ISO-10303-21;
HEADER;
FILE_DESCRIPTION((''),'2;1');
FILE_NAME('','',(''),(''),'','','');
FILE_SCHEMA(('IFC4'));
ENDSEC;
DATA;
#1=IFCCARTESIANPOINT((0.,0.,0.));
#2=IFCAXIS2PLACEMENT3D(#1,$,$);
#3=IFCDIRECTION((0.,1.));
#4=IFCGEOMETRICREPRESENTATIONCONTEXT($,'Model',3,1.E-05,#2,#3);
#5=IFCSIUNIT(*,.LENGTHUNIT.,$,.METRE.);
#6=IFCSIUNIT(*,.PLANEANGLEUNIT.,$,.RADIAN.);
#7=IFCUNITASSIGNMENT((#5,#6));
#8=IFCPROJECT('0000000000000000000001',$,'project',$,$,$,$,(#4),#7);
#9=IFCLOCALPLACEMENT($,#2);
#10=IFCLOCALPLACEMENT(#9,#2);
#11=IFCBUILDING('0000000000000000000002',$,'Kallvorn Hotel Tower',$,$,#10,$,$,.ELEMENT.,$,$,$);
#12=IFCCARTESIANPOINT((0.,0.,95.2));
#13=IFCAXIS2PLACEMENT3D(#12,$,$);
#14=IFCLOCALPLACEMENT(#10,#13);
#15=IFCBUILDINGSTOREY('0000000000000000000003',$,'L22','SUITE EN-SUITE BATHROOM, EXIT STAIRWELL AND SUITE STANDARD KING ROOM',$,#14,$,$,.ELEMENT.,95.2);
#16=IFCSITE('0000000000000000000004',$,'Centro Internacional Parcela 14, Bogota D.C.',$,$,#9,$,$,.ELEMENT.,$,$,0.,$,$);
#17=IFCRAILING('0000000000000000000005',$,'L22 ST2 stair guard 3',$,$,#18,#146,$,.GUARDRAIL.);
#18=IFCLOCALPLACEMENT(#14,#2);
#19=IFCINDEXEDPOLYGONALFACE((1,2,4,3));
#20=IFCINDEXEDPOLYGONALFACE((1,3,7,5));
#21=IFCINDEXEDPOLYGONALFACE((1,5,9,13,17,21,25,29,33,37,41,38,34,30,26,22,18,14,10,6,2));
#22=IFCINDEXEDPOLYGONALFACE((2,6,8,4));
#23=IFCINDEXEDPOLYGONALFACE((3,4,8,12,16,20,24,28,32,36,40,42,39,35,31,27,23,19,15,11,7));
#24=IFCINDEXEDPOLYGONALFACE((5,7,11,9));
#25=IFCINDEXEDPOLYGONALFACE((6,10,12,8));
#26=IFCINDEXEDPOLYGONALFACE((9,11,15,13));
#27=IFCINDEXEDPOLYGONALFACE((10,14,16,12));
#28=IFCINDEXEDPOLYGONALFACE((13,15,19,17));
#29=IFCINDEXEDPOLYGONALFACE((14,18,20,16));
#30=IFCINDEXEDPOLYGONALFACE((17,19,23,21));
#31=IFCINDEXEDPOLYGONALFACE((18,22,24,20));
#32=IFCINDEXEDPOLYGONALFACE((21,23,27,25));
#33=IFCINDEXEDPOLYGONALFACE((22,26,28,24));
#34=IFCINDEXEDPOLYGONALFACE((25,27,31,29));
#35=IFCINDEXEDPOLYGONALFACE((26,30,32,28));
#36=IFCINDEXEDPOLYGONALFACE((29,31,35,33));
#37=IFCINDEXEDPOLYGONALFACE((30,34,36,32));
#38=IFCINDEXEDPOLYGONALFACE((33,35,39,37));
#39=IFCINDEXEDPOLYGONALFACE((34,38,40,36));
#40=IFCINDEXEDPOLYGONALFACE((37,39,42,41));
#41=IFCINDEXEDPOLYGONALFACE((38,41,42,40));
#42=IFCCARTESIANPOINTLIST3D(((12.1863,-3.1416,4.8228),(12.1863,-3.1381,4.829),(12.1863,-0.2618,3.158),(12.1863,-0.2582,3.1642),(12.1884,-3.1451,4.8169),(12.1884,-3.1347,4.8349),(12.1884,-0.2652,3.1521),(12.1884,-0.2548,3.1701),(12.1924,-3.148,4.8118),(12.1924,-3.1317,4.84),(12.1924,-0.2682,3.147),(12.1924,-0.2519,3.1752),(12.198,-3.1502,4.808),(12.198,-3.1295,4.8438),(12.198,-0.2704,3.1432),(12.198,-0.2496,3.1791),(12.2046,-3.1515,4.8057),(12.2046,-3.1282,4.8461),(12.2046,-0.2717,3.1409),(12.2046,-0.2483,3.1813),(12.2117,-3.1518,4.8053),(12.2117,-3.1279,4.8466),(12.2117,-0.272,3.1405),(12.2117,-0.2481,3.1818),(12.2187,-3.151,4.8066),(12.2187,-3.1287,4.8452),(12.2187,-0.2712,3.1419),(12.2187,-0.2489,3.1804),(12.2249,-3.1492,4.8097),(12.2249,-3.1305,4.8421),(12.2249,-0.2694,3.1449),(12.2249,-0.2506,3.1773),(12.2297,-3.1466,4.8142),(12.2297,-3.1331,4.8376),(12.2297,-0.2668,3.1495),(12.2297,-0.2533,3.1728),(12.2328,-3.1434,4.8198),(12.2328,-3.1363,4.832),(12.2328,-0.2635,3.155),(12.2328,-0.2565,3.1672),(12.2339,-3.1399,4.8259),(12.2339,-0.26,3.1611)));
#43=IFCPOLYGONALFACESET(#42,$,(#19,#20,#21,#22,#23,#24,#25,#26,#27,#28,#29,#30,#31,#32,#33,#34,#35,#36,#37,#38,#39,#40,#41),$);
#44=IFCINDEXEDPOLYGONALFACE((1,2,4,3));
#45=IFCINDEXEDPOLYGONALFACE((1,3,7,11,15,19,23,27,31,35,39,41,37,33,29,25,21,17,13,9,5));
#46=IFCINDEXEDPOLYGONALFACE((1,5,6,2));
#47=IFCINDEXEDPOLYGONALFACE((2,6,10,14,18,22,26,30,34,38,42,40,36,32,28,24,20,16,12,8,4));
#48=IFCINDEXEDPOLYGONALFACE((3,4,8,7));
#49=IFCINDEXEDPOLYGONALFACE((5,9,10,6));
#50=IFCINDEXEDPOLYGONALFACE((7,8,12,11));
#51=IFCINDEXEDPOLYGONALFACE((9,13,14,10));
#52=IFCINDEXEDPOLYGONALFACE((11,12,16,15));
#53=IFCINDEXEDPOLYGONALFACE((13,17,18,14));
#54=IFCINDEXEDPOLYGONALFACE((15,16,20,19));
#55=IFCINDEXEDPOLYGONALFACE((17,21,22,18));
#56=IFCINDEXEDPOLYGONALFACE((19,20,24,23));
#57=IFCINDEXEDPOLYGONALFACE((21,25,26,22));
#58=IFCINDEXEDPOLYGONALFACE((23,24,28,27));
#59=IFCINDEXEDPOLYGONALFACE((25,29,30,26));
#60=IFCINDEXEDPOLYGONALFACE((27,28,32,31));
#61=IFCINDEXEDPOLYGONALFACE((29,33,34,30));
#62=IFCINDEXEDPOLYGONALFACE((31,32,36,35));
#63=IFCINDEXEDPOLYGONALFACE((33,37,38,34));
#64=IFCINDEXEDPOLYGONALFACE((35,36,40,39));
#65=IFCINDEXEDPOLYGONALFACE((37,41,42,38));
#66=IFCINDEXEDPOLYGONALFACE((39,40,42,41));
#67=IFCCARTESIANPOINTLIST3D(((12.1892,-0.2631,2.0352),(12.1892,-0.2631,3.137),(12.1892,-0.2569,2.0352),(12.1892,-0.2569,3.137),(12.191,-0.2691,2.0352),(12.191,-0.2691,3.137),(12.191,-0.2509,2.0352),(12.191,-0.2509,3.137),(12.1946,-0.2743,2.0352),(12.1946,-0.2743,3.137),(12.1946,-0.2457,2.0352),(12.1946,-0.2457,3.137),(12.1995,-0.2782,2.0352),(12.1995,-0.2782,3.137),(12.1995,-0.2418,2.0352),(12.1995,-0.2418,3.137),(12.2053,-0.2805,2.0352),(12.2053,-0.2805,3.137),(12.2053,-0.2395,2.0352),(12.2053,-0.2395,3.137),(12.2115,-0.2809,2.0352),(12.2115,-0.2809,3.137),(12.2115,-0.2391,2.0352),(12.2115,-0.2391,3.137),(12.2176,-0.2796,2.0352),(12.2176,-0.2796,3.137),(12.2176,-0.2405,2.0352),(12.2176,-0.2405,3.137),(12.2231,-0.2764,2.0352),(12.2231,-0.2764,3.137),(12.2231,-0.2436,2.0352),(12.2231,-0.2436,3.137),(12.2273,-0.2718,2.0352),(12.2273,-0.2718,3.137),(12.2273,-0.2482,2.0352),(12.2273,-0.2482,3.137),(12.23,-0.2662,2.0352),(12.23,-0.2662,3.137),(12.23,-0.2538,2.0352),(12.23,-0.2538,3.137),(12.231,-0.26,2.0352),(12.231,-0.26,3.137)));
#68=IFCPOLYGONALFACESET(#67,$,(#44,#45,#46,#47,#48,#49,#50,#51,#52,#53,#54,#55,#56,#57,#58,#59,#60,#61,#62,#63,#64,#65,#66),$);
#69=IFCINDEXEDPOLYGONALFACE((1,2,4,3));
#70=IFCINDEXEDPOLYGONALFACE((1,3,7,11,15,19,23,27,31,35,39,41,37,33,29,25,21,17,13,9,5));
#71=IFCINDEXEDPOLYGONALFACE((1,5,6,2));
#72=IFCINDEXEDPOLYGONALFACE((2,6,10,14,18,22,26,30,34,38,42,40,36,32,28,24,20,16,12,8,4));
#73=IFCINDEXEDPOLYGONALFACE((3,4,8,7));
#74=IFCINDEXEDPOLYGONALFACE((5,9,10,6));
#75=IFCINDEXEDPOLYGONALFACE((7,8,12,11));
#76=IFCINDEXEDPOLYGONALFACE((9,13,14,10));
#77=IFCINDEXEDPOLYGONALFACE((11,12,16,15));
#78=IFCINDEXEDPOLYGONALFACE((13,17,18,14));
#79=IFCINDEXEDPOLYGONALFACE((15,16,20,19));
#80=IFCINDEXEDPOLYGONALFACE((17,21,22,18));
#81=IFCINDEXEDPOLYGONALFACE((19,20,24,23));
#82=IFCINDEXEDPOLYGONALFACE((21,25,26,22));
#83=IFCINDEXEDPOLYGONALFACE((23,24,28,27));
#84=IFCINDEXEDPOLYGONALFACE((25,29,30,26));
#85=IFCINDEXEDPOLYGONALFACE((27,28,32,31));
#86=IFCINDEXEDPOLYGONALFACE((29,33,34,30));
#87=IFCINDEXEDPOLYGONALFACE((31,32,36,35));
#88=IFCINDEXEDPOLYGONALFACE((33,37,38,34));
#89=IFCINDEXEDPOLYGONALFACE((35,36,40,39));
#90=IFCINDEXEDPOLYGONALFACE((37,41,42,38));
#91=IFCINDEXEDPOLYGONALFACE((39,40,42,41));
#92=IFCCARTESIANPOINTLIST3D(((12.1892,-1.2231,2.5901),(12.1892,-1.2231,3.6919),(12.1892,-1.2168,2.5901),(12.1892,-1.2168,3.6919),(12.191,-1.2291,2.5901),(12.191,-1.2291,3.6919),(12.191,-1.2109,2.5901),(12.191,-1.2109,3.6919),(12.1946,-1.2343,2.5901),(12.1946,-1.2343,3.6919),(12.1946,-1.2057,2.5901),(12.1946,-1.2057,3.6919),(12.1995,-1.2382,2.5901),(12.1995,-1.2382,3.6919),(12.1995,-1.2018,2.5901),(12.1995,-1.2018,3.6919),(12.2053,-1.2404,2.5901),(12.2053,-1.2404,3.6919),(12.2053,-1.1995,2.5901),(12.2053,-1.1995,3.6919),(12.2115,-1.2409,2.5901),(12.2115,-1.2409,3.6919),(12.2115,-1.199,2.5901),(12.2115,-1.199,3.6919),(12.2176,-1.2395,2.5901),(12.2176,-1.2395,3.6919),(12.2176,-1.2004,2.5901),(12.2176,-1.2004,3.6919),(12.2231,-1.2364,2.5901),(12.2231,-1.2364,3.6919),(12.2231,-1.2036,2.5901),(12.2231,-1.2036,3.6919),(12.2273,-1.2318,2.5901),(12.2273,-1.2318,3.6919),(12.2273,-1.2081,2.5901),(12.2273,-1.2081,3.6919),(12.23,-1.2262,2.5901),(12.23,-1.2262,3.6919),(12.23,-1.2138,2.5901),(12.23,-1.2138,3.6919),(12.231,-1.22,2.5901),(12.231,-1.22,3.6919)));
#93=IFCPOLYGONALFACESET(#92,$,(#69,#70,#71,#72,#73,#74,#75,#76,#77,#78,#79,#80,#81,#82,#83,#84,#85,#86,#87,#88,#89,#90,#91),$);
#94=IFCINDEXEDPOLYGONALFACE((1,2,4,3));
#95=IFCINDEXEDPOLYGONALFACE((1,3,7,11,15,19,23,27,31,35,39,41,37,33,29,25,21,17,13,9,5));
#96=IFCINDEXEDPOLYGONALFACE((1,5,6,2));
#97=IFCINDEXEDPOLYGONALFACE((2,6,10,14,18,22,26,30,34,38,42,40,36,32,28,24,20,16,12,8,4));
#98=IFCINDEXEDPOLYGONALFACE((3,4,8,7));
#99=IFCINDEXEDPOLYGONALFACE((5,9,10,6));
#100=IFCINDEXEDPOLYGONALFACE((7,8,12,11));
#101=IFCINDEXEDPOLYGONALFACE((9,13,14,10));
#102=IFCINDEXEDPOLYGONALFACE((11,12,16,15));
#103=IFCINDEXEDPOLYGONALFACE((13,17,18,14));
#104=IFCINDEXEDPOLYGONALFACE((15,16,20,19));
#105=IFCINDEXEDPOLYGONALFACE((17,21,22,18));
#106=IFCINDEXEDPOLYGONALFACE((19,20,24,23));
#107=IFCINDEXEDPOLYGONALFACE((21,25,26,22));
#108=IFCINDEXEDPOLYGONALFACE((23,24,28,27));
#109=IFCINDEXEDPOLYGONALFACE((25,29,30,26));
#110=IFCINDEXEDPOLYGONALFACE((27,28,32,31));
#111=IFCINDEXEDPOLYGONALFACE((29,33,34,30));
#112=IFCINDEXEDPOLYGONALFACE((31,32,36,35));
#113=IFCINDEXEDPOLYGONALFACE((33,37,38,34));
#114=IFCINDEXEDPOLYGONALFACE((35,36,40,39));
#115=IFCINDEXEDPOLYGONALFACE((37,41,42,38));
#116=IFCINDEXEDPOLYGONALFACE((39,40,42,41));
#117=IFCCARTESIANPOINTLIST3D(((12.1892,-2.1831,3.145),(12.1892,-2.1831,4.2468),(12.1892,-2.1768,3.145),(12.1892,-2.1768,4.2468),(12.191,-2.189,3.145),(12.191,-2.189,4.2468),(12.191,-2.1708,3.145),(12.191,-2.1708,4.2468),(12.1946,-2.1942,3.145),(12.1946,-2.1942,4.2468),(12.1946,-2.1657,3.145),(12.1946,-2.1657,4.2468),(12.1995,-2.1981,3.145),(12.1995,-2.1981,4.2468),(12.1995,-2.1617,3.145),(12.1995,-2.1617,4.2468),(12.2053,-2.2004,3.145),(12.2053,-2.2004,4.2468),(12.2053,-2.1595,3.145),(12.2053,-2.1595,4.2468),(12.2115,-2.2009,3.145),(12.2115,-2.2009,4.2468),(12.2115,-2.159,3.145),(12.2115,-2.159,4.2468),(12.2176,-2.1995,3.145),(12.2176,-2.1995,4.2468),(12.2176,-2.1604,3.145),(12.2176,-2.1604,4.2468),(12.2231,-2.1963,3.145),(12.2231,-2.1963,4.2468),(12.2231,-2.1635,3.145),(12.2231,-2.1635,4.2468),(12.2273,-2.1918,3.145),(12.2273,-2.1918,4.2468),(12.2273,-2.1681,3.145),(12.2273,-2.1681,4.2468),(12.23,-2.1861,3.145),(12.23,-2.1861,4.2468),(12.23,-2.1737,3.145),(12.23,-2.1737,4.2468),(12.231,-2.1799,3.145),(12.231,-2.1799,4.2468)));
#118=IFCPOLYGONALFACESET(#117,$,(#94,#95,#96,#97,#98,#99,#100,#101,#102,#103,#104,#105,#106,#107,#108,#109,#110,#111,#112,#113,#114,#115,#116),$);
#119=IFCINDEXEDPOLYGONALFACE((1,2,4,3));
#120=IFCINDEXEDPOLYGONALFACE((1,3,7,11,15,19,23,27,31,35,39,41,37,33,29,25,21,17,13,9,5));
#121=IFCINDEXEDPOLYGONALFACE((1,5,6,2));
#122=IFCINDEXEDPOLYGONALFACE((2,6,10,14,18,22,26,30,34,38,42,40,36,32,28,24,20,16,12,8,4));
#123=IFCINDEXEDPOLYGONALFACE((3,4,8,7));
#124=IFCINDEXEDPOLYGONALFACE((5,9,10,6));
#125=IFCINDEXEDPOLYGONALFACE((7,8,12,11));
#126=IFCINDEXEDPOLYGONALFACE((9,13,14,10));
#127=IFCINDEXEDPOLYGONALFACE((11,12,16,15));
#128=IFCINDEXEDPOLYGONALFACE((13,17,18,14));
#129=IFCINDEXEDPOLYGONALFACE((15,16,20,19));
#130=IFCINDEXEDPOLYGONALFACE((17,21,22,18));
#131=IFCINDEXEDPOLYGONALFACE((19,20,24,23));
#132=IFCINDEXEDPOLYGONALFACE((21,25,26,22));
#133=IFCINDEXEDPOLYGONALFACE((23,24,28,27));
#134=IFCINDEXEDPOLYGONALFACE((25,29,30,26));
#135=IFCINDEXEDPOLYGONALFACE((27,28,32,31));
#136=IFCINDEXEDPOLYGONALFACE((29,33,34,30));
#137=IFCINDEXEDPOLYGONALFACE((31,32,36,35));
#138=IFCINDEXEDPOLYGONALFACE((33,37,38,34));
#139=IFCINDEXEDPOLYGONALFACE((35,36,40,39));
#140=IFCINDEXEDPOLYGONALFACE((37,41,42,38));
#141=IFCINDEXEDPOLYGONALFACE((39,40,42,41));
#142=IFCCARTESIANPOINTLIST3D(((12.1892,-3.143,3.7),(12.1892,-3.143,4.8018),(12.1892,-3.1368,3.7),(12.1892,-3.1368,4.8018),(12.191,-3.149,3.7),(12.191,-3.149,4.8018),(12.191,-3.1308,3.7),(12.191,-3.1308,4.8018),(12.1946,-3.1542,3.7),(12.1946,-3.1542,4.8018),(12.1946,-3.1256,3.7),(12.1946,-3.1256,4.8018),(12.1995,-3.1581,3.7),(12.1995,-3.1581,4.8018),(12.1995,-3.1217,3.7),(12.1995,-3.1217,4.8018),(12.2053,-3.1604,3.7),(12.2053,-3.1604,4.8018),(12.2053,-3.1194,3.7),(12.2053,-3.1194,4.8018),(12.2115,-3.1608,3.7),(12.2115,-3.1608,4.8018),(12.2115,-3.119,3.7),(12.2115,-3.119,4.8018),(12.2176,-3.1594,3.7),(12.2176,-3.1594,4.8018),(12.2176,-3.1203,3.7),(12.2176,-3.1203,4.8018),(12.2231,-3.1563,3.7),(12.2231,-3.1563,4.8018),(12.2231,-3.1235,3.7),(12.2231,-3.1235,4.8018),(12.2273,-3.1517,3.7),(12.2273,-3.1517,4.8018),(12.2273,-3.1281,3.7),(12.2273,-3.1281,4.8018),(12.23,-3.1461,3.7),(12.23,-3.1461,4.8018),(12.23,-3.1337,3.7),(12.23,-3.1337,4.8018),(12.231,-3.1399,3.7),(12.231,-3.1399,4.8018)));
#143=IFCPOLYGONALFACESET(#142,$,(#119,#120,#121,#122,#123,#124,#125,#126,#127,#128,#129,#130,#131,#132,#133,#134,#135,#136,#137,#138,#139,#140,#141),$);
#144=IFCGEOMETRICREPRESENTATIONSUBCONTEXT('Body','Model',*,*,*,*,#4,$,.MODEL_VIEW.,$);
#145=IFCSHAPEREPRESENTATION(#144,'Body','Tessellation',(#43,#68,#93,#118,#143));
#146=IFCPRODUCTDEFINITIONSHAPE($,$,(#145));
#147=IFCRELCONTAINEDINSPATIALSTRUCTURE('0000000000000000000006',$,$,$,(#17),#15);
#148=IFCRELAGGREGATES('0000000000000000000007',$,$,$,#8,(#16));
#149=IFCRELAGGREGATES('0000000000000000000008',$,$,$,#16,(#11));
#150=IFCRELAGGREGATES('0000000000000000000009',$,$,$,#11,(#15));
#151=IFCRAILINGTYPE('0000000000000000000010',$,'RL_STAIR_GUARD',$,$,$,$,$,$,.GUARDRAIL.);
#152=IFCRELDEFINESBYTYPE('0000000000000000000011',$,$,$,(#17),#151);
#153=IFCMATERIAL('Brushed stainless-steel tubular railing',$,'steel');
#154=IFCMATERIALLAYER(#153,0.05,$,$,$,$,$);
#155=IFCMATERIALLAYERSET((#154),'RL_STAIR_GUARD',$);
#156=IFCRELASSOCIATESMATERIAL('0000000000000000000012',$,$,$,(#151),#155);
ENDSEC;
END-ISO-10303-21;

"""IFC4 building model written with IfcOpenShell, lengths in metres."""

from ifc_helpers import new_model, si_unit, direction, frame, origin, origin_2d, place, context, subcontext, project, spatial, circle, extrude, material, layer, layer_set, type_object, element, save


model = new_model("IFC4")

# Units and contexts
model_context = context("Model", 3, precision=1e-05, world=origin(), true_north=direction((0.0, 1.0)))
body_context = subcontext(model_context, "Body", "Model", "MODEL_VIEW")
ifc_project = project(units=[si_unit("LENGTHUNIT", "METRE"), si_unit("PLANEANGLEUNIT", "RADIAN")], contexts=[model_context])

# Site, building, storey
site_placement = place(None, origin())
site = spatial("IfcSite", under=ifc_project, at=site_placement, Name="Centro Internacional Parcela 14, Bogota D.C.", CompositionType="ELEMENT", RefElevation=0.0)
building_placement = place(site_placement, origin())
building = spatial("IfcBuilding", under=site, at=building_placement, Name="Kallvorn Hotel Tower", CompositionType="ELEMENT")
storey_placement = place(building_placement, frame((0.0, 0.0, 95.2)))
storey = spatial("IfcBuildingStorey", under=building, at=storey_placement, Name="L22", Description="SUITE EN-SUITE BATHROOM, EXIT STAIRWELL AND SUITE STANDARD KING ROOM", CompositionType="ELEMENT", Elevation=95.2)

# Railing
ifc_material_1 = material(Name="Brushed stainless-steel tubular railing", Category="steel")
ifc_layer_1 = layer(ifc_material_1, 0.05)
ifc_layer_set_1 = layer_set([ifc_layer_1], Name="RL_STAIR_GUARD")
railing_type_1 = type_object("IfcRailingType", Name="RL_STAIR_GUARD", PredefinedType="GUARDRAIL", material=ifc_layer_set_1)
railing_1_placement = place(storey_placement, frame((12.21, -0.26, 2.0352)))
element("IfcRailing", 1, at=railing_1_placement, inside=storey, type_object=railing_type_1, Name="L22 ST2 stair guard 3", PredefinedType="GUARDRAIL", context=body_context, shape_type="SweptSolid", body=[
    extrude(circle(Radius=0.0239, at=origin_2d()), frame((0.0, 0.0, 1.126), z_axis=(0.0, -0.865753, 0.500472), x_axis=(1.0, 0.0, 0.0)), (0.0, 0.0, 1.0), 3.3264),
    extrude(circle(Radius=0.021, at=origin_2d()), origin(), (0.0, 0.0, 1.0), 1.1018),
    extrude(circle(Radius=0.021, at=origin_2d()), frame((0.0, -0.96, 0.5549)), (0.0, 0.0, 1.0), 1.1018),
    extrude(circle(Radius=0.021, at=origin_2d()), frame((0.0, -1.9199, 1.1099)), (0.0, 0.0, 1.0), 1.1018),
    extrude(circle(Radius=0.021, at=origin_2d()), frame((0.0, -2.8799, 1.6648)), (0.0, 0.0, 1.0), 1.1018),
])

save(model, "model.ifc")
